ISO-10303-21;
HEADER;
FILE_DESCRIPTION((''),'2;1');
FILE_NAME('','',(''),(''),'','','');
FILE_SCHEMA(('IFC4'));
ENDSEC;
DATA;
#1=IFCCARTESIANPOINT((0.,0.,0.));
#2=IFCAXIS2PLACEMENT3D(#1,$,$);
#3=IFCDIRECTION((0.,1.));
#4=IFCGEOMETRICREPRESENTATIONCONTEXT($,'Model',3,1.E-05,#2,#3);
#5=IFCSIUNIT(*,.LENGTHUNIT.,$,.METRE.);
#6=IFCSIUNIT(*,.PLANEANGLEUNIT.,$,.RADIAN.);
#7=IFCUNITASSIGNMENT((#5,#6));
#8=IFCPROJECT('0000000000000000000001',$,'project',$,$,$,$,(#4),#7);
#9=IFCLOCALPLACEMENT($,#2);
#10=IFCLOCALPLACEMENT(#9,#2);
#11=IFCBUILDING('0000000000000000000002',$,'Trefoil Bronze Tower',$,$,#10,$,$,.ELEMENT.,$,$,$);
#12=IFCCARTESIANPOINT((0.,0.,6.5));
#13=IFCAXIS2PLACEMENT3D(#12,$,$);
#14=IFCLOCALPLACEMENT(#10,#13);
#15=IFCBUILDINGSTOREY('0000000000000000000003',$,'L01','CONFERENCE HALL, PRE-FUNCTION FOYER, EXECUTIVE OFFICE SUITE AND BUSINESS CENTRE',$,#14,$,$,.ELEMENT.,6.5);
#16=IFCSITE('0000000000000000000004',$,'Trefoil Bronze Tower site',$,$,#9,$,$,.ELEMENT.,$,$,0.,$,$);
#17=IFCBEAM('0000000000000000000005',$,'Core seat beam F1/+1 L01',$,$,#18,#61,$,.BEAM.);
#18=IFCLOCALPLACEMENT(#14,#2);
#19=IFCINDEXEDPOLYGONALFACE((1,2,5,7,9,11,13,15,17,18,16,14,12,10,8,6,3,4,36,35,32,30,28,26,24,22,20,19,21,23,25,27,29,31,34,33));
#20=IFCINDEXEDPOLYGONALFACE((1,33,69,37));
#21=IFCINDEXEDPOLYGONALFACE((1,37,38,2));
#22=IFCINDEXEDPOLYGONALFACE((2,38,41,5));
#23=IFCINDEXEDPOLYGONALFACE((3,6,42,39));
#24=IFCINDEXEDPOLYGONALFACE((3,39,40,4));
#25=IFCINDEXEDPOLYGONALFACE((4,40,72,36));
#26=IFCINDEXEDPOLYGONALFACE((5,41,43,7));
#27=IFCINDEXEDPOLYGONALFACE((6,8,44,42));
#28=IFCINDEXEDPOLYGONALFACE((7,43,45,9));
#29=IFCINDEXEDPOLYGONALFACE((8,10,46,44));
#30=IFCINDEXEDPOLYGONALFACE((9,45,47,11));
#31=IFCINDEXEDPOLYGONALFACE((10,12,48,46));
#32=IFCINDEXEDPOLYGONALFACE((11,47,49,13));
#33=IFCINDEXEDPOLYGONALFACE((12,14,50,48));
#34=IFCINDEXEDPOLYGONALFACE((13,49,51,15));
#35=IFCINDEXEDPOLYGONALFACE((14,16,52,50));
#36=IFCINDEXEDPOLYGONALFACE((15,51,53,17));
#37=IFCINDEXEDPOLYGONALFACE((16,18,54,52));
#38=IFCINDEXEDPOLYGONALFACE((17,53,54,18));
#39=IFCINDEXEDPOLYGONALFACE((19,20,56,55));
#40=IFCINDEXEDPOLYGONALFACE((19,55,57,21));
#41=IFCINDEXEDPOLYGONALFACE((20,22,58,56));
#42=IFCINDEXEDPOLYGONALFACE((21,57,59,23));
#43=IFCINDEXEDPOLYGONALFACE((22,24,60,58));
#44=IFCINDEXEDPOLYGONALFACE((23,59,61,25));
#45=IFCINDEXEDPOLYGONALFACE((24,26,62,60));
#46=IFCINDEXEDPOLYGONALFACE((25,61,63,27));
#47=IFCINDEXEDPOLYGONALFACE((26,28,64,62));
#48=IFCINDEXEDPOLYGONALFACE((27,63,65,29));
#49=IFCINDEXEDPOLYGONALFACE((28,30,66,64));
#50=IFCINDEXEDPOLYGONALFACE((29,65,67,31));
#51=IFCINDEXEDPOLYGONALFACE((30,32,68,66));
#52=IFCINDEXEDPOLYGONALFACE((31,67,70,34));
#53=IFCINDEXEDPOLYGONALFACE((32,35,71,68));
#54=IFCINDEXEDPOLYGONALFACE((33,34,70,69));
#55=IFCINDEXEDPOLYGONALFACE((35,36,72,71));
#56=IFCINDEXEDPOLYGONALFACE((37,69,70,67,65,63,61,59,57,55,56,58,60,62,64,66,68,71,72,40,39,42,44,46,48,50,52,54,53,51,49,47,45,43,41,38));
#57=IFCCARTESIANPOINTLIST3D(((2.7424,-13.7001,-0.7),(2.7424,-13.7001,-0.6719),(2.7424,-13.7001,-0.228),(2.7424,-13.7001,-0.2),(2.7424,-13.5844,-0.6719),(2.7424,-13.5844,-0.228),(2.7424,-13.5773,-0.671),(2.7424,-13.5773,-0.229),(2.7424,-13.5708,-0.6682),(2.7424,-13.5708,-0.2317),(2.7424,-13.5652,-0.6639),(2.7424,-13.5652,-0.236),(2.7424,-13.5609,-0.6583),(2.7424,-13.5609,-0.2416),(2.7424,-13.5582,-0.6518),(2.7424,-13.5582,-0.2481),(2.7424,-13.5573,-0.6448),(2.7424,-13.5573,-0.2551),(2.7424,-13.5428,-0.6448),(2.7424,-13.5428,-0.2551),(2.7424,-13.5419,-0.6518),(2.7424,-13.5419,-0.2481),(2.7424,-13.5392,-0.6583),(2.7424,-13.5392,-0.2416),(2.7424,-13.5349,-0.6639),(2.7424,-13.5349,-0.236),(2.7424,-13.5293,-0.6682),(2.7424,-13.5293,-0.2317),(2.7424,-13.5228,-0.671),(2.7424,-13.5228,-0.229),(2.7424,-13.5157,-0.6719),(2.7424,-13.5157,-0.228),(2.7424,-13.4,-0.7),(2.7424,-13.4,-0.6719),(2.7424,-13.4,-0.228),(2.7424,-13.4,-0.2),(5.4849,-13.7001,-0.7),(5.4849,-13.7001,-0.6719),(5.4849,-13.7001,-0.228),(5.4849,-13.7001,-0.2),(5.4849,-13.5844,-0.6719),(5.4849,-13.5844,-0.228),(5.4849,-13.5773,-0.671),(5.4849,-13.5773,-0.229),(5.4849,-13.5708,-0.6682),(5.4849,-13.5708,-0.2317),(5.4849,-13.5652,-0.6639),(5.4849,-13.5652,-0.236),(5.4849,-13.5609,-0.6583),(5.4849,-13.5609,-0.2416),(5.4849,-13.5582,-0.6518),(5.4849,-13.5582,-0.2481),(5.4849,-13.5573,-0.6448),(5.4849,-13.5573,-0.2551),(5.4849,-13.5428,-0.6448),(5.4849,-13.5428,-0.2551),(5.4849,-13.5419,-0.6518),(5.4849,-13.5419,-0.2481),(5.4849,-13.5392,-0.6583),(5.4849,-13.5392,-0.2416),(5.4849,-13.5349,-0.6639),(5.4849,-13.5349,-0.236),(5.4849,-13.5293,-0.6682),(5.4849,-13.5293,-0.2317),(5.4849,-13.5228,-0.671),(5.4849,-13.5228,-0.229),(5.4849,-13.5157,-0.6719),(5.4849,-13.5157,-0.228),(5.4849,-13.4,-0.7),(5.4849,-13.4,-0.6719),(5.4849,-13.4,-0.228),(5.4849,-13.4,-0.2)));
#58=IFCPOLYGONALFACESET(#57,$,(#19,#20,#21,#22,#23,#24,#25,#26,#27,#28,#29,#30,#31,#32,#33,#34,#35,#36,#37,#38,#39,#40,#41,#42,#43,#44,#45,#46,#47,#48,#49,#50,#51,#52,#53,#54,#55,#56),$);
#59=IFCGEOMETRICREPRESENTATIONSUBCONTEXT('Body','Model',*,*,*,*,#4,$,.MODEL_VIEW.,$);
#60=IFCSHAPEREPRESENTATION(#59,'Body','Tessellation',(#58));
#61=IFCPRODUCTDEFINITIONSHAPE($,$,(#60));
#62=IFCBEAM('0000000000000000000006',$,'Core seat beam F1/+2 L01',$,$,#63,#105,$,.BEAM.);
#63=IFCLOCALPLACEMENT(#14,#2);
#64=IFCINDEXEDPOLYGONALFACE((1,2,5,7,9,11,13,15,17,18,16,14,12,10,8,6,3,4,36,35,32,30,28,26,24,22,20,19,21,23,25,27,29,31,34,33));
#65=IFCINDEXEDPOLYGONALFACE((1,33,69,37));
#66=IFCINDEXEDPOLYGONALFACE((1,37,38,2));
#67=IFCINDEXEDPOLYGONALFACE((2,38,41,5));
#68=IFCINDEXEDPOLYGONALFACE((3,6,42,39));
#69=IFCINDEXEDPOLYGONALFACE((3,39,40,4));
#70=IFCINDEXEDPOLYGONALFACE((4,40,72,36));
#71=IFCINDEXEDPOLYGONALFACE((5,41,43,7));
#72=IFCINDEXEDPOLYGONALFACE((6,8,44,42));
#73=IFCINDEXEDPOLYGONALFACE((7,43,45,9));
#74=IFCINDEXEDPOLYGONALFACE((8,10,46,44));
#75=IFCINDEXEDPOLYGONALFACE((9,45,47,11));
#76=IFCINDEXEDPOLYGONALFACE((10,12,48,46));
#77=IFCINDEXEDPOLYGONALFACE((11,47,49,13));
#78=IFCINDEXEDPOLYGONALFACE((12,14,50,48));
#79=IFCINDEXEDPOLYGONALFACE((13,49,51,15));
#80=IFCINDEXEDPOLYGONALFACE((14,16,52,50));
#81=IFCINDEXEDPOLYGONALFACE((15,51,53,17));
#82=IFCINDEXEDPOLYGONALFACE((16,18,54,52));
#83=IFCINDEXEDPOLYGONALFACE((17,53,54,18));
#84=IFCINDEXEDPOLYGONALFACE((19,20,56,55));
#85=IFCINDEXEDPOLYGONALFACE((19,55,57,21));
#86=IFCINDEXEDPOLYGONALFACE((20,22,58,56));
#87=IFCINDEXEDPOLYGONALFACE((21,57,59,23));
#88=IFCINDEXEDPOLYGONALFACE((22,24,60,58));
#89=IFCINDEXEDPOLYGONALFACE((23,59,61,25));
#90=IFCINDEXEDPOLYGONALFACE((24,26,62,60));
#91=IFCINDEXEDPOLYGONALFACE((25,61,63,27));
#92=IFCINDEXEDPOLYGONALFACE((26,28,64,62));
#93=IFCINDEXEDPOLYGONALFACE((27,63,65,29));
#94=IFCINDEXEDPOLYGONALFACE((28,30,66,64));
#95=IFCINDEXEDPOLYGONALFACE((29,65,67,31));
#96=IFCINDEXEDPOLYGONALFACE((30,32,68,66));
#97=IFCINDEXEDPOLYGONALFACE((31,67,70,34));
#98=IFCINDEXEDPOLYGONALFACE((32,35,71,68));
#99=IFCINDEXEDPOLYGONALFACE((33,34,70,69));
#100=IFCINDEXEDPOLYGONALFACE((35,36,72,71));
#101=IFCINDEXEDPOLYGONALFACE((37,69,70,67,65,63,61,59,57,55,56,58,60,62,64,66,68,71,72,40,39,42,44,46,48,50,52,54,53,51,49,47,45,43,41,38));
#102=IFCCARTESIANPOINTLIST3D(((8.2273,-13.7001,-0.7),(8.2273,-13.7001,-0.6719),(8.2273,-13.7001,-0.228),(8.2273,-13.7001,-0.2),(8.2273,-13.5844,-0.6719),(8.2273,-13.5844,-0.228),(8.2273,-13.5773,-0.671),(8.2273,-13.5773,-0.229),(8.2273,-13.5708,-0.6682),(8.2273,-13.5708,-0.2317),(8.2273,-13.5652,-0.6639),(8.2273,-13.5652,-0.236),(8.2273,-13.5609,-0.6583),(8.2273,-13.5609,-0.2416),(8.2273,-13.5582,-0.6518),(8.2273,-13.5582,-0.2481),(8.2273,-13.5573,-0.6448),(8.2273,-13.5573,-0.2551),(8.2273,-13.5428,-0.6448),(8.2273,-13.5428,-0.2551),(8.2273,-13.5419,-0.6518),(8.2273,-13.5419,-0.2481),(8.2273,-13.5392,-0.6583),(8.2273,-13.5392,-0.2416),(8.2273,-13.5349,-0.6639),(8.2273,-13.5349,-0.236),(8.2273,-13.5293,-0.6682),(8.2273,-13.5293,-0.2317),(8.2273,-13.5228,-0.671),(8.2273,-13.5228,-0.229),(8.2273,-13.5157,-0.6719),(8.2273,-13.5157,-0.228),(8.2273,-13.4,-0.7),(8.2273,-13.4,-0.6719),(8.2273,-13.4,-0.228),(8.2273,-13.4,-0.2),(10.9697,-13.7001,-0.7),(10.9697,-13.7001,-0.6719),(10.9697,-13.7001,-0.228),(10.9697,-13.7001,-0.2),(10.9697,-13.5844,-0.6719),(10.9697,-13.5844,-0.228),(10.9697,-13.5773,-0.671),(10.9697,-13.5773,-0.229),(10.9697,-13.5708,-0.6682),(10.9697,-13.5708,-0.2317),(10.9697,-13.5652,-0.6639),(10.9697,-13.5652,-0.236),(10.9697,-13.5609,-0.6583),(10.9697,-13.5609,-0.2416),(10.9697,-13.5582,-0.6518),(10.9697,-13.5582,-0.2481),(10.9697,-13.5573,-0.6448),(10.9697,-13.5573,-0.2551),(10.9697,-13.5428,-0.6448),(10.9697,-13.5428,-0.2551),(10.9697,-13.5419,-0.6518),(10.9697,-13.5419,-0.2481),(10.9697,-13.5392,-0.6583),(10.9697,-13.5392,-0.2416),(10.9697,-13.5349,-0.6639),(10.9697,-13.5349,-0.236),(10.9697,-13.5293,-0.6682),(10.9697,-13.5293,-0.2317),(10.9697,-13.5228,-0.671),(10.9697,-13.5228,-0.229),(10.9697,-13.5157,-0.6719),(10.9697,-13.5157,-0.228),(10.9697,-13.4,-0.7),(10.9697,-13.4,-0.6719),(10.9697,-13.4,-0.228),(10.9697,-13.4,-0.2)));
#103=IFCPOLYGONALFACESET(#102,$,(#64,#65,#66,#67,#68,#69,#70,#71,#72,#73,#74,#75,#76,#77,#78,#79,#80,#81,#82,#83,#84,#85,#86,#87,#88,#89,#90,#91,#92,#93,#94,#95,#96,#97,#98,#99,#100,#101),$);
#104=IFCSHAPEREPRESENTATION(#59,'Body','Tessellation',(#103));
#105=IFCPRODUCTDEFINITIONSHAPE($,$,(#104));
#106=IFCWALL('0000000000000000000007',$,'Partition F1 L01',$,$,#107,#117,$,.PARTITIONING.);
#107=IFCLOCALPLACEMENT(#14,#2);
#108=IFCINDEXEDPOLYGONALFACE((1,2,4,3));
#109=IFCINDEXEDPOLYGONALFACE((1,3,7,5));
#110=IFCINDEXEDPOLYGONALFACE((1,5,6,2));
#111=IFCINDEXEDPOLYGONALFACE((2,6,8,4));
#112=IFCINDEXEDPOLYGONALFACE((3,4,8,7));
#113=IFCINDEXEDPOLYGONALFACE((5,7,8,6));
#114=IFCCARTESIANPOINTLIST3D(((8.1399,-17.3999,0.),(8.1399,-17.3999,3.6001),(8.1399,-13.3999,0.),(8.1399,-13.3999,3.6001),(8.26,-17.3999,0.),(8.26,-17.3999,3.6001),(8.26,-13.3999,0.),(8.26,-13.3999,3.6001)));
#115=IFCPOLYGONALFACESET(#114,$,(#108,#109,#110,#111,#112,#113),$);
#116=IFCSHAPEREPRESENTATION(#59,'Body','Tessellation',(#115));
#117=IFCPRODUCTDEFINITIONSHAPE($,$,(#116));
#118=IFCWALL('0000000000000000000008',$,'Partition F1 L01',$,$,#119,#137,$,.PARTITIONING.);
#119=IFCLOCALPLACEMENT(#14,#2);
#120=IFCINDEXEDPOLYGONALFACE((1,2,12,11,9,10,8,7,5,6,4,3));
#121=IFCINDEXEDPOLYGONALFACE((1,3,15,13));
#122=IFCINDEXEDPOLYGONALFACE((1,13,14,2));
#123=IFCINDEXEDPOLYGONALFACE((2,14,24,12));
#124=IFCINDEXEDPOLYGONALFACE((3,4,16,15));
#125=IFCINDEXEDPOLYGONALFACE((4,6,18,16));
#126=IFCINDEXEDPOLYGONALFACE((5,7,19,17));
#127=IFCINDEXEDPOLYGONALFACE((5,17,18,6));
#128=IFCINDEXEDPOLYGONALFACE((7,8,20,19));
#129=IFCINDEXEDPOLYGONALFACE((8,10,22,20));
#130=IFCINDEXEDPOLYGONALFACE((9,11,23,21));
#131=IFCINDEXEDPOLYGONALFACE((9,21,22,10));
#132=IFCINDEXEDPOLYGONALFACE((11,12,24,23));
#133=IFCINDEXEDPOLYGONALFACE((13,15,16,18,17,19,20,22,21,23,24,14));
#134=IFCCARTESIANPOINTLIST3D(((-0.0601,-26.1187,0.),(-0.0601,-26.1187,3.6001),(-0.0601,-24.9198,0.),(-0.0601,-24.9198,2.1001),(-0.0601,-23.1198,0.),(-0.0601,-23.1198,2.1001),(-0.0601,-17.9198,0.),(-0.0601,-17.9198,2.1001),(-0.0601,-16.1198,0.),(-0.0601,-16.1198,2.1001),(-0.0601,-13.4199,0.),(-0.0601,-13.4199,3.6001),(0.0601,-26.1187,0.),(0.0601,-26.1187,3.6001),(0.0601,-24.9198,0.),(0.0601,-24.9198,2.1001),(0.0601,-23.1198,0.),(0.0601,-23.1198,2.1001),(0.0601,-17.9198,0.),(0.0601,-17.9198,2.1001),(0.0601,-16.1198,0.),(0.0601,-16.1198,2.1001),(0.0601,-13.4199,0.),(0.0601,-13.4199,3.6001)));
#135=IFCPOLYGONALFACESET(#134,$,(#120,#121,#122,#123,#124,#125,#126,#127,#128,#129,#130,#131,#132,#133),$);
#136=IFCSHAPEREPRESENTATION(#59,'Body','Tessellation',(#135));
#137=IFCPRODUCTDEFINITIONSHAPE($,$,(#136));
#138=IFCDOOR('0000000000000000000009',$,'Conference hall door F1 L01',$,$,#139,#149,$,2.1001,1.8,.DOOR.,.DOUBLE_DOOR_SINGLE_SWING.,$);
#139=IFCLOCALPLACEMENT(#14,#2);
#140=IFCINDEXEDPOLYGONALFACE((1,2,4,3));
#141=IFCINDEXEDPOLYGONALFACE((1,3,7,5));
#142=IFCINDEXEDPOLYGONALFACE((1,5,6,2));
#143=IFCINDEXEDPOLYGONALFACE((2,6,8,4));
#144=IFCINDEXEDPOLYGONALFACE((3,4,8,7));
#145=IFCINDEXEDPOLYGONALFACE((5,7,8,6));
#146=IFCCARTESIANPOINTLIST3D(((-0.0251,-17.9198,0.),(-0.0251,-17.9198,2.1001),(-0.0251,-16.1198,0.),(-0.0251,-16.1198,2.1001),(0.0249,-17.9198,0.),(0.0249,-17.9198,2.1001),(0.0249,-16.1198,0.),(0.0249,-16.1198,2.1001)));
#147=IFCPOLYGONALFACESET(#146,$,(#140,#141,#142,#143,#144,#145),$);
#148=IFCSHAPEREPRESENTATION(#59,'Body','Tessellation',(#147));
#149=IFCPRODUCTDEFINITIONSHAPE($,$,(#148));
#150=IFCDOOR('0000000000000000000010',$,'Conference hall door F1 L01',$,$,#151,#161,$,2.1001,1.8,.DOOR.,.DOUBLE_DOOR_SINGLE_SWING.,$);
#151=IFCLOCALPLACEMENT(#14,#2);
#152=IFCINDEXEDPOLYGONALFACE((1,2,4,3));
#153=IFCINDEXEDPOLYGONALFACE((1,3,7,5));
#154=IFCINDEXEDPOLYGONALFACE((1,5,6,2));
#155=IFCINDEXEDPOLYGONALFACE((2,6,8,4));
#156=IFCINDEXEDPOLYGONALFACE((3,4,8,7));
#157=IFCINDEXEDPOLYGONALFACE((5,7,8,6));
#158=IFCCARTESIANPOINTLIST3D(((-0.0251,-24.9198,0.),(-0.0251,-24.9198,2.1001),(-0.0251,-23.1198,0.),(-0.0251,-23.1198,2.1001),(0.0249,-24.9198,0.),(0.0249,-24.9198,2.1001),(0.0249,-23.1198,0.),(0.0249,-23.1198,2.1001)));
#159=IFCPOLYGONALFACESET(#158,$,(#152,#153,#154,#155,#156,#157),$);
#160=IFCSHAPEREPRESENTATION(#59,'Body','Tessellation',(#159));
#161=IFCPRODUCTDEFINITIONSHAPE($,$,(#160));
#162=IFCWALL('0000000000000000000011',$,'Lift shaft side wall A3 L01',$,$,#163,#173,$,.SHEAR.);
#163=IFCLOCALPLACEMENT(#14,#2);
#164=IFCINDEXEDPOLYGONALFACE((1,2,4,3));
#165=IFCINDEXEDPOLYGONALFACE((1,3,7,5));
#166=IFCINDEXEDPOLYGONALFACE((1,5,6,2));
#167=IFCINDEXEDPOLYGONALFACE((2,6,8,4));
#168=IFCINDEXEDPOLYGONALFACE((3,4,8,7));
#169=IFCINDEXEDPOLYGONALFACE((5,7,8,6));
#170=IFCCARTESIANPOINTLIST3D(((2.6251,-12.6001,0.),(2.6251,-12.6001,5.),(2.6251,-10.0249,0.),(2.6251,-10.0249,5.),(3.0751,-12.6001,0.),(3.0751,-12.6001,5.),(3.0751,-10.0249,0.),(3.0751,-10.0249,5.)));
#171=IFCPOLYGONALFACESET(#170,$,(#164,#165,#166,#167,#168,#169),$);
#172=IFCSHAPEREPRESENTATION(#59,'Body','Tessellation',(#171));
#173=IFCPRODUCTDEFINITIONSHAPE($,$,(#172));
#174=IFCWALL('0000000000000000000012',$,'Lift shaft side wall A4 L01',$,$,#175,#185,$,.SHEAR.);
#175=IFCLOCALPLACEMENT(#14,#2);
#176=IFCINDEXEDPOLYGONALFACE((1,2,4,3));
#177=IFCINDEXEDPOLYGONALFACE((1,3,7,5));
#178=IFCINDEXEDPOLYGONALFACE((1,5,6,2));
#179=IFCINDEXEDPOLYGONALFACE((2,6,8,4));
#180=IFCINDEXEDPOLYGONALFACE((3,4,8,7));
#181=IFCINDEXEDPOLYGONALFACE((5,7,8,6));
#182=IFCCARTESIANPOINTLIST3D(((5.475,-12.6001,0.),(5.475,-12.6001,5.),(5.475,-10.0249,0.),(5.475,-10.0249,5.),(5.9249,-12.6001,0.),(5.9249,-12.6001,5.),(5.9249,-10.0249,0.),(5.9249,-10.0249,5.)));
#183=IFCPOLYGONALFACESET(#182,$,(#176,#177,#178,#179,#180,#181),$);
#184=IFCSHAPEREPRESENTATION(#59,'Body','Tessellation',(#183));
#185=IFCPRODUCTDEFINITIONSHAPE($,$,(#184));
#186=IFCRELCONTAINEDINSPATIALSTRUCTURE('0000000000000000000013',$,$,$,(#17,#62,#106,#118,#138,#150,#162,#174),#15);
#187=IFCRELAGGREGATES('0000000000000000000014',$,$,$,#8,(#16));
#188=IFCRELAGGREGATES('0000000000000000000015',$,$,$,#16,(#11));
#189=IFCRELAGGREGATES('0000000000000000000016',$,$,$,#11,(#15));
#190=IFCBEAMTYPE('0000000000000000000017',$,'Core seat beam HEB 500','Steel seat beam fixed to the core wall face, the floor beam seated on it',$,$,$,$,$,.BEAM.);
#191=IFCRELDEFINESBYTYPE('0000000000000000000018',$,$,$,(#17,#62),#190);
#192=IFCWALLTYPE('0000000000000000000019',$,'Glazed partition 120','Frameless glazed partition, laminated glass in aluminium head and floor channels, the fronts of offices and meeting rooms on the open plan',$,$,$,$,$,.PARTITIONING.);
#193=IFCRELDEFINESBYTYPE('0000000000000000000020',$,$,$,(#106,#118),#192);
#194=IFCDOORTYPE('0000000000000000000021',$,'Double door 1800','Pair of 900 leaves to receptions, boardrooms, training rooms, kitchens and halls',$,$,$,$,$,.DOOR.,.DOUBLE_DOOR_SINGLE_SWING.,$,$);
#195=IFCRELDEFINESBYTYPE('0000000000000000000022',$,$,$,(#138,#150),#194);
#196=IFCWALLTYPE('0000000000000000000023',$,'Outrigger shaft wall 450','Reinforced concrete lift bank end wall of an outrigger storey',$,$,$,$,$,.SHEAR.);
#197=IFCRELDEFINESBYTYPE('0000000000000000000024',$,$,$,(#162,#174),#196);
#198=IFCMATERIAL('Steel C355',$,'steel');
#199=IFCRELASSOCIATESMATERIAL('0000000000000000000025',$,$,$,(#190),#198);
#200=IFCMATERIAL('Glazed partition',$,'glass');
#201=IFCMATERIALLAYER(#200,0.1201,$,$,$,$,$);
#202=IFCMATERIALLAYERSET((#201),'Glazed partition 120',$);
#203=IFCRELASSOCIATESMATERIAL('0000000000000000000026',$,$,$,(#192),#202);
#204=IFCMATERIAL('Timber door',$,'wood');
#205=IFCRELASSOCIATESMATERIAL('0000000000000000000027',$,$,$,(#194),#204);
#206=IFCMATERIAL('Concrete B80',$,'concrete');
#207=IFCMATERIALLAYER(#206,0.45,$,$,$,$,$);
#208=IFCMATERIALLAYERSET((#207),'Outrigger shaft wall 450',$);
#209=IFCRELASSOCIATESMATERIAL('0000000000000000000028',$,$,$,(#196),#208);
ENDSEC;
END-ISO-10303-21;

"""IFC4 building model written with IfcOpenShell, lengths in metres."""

from ifc_helpers import new_model, si_unit, direction, frame, frame_2d, origin, origin_2d, place, context, subcontext, project, spatial, rectangle, i_section, extrude, material, layer, layer_set, material_profile, profile_set, type_object, element, fill, save


model = new_model("IFC4")

# Units and contexts
model_context = context("Model", 3, precision=1e-05, world=origin(), true_north=direction((0.0, 1.0)))
body_context = subcontext(model_context, "Body", "Model", "MODEL_VIEW")
ifc_project = project(units=[si_unit("LENGTHUNIT", "METRE"), si_unit("PLANEANGLEUNIT", "RADIAN")], contexts=[model_context])

# Site, building, storey
site_placement = place(None, origin())
site = spatial("IfcSite", under=ifc_project, at=site_placement, Name="Trefoil Bronze Tower site", CompositionType="ELEMENT", RefElevation=0.0)
building_placement = place(site_placement, origin())
building = spatial("IfcBuilding", under=site, at=building_placement, Name="Trefoil Bronze Tower", CompositionType="ELEMENT")
storey_placement = place(building_placement, frame((0.0, 0.0, 6.5)))
storey = spatial("IfcBuildingStorey", under=building, at=storey_placement, Name="L01", Description="CONFERENCE HALL, PRE-FUNCTION FOYER, EXECUTIVE OFFICE SUITE AND BUSINESS CENTRE", CompositionType="ELEMENT", Elevation=6.5)

# Beams
ifc_material_1 = material(Name="Steel C355", Category="steel")
ifc_material_profile = material_profile(ifc_material_1, i_section(OverallWidth=0.3, OverallDepth=0.5, WebThickness=0.0144, FlangeThickness=0.0281, FilletRadius=0.0271, at=origin_2d()), Name="HEB 500")
ifc_profile_set = profile_set([ifc_material_profile], Name="Steel C355")
beam_type = type_object("IfcBeamType", Name="Core seat beam HEB 500", Description="Steel seat beam fixed to the core wall face, the floor beam seated on it", PredefinedType="BEAM", material=ifc_profile_set)
for number, where, z_axis, x_axis, name in (
    (1, (2.7424, -13.55, -0.45), (1.0, 0.0, 0.0), (0.0, 1.0, 0.0), "Core seat beam F1/+1 L01"),
    (2, (8.2273, -13.55, -0.45), (1.0, 0.0, 0.0), (0.0, 1.0, 0.0), "Core seat beam F1/+2 L01"),
):
    element("IfcBeam", number, at=place(storey_placement, frame(where, z_axis=z_axis, x_axis=x_axis)), inside=storey, type_object=beam_type, Name=name, PredefinedType="BEAM", context=body_context, shape_type="SweptSolid", body=[
        extrude(i_section(OverallWidth=0.3, OverallDepth=0.5, WebThickness=0.0144, FlangeThickness=0.0281, FilletRadius=0.0271, at=origin_2d()), origin(), (0.0, 0.0, 1.0), 2.7424),
    ])

# Wall
ifc_material_2 = material(Name="Glazed partition", Category="glass")
ifc_layer_1 = layer(ifc_material_2, 0.1201)
ifc_layer_set_1 = layer_set([ifc_layer_1], Name="Glazed partition 120")
wall_type_1 = type_object("IfcWallType", Name="Glazed partition 120", Description="Frameless glazed partition, laminated glass in aluminium head and floor channels, the fronts of offices and meeting rooms on the open plan", PredefinedType="PARTITIONING", material=ifc_layer_set_1)
wall_1_placement = place(storey_placement, frame((8.2, -13.3999, 0.0), z_axis=(0.0, 0.0, 1.0), x_axis=(0.0, -1.0, 0.0)))
element("IfcWall", 3, at=wall_1_placement, inside=storey, type_object=wall_type_1, Name="Partition F1 L01", PredefinedType="PARTITIONING", context=body_context, shape_type="SweptSolid", body=[
    extrude(rectangle(XDim=4.0, YDim=0.1201, at=frame_2d((2.0, 0.0))), origin(), (0.0, 0.0, 1.0), 3.6001),
])

# Wall, openings, doors
wall_2_placement = place(storey_placement, frame((0.0, -13.4199, 0.0), z_axis=(0.0, 0.0, 1.0), x_axis=(0.0, -1.0, 0.0)))
wall_2 = element("IfcWall", 4, at=wall_2_placement, inside=storey, type_object=wall_type_1, Name="Partition F1 L01", PredefinedType="PARTITIONING", context=body_context, shape_type="SweptSolid", body=[
    extrude(rectangle(XDim=12.6987, YDim=0.1201, at=frame_2d((6.3494, 0.0))), origin(), (0.0, 0.0, 1.0), 3.6001),
])
opening_1_placement = place(wall_2_placement, frame((2.7, 0.0, 0.0)))
opening_1 = element("IfcOpeningElement", 5, at=opening_1_placement, cuts=wall_2, PredefinedType="OPENING", context=body_context, shape_type="SweptSolid", body=[
    extrude(rectangle(XDim=1.8, YDim=2.1001, at=frame_2d((0.8999, 1.05))), frame((0.0, 0.0701, 0.0), z_axis=(0.0, -1.0, 0.0), x_axis=(1.0, 0.0, 0.0)), (0.0, 0.0, 1.0), 0.1401),
])
opening_2_placement = place(wall_2_placement, frame((9.7, 0.0, 0.0)))
opening_2 = element("IfcOpeningElement", 6, at=opening_2_placement, cuts=wall_2, PredefinedType="OPENING", context=body_context, shape_type="SweptSolid", body=[
    extrude(rectangle(XDim=1.8, YDim=2.1001, at=frame_2d((0.8999, 1.05))), frame((0.0, 0.0701, 0.0), z_axis=(0.0, -1.0, 0.0), x_axis=(1.0, 0.0, 0.0)), (0.0, 0.0, 1.0), 0.1401),
])
ifc_material_3 = material(Name="Timber door", Category="wood")
door_type_1 = type_object("IfcDoorType", Name="Double door 1800", Description="Pair of 900 leaves to receptions, boardrooms, training rooms, kitchens and halls", OperationType="DOUBLE_DOOR_SINGLE_SWING", PredefinedType="DOOR", material=ifc_material_3)
door_1_placement = place(opening_1_placement, origin())
door_1 = element("IfcDoor", 7, at=door_1_placement, inside=storey, type_object=door_type_1, Name="Conference hall door F1 L01", OperationType="DOUBLE_DOOR_SINGLE_SWING", OverallHeight=2.1001, OverallWidth=1.8, PredefinedType="DOOR", context=body_context, shape_type="SweptSolid", body=[
    extrude(rectangle(XDim=1.8, YDim=2.1001, at=frame_2d((0.8999, 1.05))), frame((0.0, 0.0249, 0.0), z_axis=(0.0, -1.0, 0.0), x_axis=(1.0, 0.0, 0.0)), (0.0, 0.0, 1.0), 0.05),
])
fill(opening_1, door_1)
door_2_placement = place(opening_2_placement, origin())
door_2 = element("IfcDoor", 8, at=door_2_placement, inside=storey, type_object=door_type_1, Name="Conference hall door F1 L01", OperationType="DOUBLE_DOOR_SINGLE_SWING", OverallHeight=2.1001, OverallWidth=1.8, PredefinedType="DOOR", context=body_context, shape_type="SweptSolid", body=[
    extrude(rectangle(XDim=1.8, YDim=2.1001, at=frame_2d((0.8999, 1.05))), frame((0.0, 0.0249, 0.0), z_axis=(0.0, -1.0, 0.0), x_axis=(1.0, 0.0, 0.0)), (0.0, 0.0, 1.0), 0.05),
])
fill(opening_2, door_2)

# Walls
ifc_material_4 = material(Name="Concrete B80", Category="concrete")
ifc_layer_2 = layer(ifc_material_4, 0.45)
ifc_layer_set_2 = layer_set([ifc_layer_2], Name="Outrigger shaft wall 450")
wall_type_2 = type_object("IfcWallType", Name="Outrigger shaft wall 450", Description="Reinforced concrete lift bank end wall of an outrigger storey", PredefinedType="SHEAR", material=ifc_layer_set_2)
for number, where, z_axis, x_axis, name in (
    (9, (2.8501, -10.0249, 0.0), (0.0, 0.0, 1.0), (0.0, -1.0, 0.0), "Lift shaft side wall A3 L01"),
    (10, (5.7, -10.0249, 0.0), (0.0, 0.0, 1.0), (0.0, -1.0, 0.0), "Lift shaft side wall A4 L01"),
):
    element("IfcWall", number, at=place(storey_placement, frame(where, z_axis=z_axis, x_axis=x_axis)), inside=storey, type_object=wall_type_2, Name=name, PredefinedType="SHEAR", context=body_context, shape_type="SweptSolid", body=[
        extrude(rectangle(XDim=2.5752, YDim=0.45, at=frame_2d((1.2876, 0.0))), origin(), (0.0, 0.0, 1.0), 5.0),
    ])

save(model, "model.ifc")
